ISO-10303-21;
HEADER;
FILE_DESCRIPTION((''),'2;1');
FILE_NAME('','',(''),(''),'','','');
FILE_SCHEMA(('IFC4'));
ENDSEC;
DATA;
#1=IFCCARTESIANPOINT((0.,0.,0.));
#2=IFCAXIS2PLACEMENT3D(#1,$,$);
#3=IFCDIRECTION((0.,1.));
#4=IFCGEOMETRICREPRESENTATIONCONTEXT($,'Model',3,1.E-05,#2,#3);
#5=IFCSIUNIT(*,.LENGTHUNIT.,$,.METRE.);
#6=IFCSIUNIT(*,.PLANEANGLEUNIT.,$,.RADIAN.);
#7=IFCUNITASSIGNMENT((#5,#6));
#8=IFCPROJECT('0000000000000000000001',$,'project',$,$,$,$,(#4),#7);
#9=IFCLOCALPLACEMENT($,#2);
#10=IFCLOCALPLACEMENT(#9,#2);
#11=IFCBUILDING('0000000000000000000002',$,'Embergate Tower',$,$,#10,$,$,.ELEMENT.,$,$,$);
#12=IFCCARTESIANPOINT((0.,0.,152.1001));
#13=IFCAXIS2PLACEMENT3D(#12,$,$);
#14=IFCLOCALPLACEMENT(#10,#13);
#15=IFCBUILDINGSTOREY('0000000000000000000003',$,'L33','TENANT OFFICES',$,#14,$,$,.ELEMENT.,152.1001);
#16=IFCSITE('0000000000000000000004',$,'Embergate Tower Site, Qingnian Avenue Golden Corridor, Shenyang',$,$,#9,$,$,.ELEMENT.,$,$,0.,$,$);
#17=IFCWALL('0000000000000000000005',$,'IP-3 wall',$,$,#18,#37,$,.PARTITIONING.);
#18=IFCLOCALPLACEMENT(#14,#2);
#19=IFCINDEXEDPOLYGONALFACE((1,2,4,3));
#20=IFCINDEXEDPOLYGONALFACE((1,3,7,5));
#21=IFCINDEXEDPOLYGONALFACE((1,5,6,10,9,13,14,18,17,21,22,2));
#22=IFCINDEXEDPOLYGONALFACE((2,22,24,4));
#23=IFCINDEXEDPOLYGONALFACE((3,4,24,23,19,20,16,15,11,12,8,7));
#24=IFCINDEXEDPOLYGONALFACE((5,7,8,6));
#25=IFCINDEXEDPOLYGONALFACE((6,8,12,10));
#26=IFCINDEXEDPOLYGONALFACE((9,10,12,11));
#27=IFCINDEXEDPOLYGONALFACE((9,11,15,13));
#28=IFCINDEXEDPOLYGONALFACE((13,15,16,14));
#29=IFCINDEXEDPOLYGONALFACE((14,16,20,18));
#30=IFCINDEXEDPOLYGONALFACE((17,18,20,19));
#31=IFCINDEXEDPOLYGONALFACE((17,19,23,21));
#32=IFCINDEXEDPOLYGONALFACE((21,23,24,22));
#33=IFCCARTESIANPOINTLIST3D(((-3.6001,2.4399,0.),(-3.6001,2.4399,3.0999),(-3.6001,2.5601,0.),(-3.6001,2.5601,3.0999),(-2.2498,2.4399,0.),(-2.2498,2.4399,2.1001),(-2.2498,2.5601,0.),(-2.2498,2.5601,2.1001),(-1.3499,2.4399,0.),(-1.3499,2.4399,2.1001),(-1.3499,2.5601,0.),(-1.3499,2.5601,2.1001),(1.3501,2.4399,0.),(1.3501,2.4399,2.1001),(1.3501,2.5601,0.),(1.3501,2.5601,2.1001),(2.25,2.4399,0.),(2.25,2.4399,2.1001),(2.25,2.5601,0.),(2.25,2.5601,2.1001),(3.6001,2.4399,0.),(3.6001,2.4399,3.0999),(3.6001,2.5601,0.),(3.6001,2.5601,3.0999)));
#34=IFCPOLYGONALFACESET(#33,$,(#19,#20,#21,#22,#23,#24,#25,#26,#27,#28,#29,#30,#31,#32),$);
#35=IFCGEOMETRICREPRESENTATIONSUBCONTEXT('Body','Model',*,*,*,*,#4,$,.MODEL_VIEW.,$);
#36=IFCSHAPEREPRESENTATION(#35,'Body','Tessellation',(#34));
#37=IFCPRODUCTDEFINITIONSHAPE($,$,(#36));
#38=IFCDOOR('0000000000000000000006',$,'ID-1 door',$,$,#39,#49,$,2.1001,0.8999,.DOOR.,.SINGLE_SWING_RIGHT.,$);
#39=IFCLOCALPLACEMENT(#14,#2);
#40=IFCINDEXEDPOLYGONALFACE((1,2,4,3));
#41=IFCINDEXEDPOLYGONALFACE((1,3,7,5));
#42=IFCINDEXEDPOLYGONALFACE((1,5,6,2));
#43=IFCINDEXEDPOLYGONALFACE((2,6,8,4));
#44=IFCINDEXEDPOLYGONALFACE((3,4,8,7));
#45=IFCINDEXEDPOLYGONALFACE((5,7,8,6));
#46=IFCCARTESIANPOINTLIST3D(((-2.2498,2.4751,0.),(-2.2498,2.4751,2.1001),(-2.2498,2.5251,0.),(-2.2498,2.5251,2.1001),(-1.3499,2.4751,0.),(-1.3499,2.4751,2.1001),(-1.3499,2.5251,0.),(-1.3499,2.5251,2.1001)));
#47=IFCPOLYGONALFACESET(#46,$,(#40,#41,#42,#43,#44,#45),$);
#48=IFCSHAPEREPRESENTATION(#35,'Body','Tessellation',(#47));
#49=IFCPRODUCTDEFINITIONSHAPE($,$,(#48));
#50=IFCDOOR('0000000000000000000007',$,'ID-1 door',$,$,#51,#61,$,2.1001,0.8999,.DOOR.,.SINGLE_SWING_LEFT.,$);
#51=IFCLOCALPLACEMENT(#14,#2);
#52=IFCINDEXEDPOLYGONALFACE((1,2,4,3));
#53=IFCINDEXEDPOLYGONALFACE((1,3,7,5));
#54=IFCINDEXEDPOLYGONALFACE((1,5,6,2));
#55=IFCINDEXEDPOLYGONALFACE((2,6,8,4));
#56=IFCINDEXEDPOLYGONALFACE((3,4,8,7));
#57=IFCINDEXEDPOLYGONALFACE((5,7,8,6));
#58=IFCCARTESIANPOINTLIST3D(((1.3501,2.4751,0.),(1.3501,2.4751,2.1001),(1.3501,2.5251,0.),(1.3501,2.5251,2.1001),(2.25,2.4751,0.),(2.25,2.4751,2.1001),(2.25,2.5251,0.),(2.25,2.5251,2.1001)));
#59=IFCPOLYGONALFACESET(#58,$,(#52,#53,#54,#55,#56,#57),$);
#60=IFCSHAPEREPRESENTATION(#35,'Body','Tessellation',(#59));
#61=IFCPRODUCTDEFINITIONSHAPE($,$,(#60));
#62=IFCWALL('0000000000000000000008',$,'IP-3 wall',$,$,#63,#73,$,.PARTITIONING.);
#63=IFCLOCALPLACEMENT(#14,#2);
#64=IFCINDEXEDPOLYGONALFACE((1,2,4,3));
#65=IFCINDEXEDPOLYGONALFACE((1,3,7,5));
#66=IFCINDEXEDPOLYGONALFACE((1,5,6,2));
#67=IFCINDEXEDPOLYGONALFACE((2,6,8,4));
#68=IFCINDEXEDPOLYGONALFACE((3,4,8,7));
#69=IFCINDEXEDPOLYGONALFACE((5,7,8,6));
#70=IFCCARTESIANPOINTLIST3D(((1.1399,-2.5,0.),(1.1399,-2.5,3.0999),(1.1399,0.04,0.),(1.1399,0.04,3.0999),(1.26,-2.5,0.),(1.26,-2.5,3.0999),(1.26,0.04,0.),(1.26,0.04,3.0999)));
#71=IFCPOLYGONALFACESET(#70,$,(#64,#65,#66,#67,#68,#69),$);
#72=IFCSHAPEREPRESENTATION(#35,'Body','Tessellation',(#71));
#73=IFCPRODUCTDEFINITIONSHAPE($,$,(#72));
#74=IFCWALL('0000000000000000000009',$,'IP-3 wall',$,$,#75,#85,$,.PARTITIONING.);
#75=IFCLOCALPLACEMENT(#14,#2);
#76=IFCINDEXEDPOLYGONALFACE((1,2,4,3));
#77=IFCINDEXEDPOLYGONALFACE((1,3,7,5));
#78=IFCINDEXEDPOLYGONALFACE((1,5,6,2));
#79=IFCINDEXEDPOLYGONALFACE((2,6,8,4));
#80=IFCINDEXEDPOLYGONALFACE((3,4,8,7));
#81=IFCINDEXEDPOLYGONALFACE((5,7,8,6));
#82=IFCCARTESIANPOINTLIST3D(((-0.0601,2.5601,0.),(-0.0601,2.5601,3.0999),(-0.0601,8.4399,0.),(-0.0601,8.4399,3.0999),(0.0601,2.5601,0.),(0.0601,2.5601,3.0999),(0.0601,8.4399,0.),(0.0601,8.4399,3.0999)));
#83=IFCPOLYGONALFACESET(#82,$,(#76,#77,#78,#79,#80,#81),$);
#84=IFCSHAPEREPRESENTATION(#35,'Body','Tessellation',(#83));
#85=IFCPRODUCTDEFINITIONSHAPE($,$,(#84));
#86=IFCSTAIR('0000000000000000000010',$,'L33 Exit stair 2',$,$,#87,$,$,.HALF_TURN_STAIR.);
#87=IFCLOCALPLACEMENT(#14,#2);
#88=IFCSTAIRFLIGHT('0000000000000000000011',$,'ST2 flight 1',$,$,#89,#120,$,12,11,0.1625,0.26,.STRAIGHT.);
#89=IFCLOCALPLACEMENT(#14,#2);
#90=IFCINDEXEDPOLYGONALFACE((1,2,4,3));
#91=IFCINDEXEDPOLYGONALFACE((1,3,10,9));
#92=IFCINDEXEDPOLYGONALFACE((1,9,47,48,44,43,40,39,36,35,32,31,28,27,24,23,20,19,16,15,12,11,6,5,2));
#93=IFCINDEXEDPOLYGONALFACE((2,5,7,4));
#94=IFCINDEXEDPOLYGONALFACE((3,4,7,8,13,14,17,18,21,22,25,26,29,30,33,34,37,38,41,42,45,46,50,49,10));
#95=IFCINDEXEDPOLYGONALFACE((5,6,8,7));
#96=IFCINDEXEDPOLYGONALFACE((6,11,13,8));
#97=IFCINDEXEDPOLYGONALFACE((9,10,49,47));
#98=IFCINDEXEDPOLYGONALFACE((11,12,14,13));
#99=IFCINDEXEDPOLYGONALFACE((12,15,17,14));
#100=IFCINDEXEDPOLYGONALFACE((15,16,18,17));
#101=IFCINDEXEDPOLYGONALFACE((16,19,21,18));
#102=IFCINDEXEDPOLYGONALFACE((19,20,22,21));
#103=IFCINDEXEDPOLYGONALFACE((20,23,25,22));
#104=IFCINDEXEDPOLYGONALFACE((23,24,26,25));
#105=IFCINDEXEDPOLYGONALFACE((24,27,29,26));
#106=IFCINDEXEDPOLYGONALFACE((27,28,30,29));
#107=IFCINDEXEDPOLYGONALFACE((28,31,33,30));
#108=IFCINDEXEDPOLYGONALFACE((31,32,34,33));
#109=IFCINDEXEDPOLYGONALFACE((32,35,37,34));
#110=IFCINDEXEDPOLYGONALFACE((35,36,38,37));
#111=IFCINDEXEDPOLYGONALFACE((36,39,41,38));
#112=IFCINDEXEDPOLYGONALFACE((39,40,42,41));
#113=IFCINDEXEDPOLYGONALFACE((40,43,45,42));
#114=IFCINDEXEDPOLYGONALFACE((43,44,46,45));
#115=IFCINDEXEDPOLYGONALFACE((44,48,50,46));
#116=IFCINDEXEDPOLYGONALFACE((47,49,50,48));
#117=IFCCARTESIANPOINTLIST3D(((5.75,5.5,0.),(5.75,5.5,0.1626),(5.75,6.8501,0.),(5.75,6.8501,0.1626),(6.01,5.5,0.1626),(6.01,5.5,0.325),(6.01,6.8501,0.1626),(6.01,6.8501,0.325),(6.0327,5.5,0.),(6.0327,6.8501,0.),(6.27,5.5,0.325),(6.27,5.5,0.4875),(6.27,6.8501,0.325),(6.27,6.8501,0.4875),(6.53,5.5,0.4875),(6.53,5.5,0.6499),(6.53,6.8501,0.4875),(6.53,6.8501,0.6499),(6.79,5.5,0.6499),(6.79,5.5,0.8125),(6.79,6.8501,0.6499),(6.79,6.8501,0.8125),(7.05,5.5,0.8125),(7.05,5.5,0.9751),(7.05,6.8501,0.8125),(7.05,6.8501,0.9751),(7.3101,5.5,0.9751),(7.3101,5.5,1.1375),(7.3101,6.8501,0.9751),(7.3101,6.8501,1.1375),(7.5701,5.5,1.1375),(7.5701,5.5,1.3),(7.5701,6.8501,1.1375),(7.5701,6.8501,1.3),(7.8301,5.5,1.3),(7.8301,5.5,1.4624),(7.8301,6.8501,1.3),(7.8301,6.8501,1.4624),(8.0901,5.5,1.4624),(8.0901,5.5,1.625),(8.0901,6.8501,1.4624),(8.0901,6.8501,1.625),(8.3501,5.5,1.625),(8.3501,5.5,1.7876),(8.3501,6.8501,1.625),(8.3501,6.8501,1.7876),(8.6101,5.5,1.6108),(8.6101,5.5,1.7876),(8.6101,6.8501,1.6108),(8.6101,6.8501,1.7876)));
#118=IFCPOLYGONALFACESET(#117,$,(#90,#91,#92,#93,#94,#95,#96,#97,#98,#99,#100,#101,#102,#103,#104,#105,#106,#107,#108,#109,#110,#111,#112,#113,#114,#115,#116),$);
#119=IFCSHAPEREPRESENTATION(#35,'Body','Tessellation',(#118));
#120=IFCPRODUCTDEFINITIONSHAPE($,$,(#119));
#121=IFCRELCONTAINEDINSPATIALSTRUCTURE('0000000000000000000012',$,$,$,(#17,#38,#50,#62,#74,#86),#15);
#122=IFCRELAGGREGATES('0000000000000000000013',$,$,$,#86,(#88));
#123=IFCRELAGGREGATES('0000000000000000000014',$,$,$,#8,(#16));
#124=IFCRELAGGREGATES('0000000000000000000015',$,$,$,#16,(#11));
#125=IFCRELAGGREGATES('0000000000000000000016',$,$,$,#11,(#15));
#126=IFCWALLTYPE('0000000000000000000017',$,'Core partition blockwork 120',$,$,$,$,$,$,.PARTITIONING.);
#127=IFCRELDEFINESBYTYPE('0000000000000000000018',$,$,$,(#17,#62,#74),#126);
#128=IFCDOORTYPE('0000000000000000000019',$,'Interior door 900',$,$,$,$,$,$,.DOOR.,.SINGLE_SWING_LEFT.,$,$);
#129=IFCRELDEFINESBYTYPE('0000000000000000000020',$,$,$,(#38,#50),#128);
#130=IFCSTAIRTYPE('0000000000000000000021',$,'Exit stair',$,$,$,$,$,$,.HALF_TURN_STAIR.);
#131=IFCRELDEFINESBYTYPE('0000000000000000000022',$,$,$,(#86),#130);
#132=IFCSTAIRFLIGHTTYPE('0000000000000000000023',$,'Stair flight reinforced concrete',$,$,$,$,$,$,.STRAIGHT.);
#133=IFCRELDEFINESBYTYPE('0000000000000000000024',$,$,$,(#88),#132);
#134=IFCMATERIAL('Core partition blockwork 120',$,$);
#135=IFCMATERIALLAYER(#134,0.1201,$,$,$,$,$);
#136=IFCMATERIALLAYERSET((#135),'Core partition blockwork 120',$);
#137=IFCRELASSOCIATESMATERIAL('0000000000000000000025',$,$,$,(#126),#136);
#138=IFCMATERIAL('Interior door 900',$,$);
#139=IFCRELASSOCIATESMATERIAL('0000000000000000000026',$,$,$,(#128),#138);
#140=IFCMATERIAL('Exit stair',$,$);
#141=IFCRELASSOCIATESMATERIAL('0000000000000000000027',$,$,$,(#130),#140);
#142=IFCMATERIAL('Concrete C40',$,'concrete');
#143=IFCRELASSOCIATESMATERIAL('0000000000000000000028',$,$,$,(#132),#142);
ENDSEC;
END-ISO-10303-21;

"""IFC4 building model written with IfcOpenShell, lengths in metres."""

from ifc_helpers import new_model, si_unit, direction, frame, frame_2d, origin, place, context, subcontext, project, spatial, polyline, rectangle, outline, extrude, source, transform, mapped, material, layer, layer_set, type_object, element, fill, aggregate, save


model = new_model("IFC4")

# Units and contexts
model_context = context("Model", 3, precision=1e-05, world=origin(), true_north=direction((0.0, 1.0)))
body_context = subcontext(model_context, "Body", "Model", "MODEL_VIEW")
ifc_project = project(units=[si_unit("LENGTHUNIT", "METRE"), si_unit("PLANEANGLEUNIT", "RADIAN")], contexts=[model_context])

# Site, building, storey
site_placement = place(None, origin())
site = spatial("IfcSite", under=ifc_project, at=site_placement, Name="Embergate Tower Site, Qingnian Avenue Golden Corridor, Shenyang", CompositionType="ELEMENT", RefElevation=0.0)
building_placement = place(site_placement, origin())
building = spatial("IfcBuilding", under=site, at=building_placement, Name="Embergate Tower", CompositionType="ELEMENT")
storey_placement = place(building_placement, frame((0.0, 0.0, 152.1001)))
storey = spatial("IfcBuildingStorey", under=building, at=storey_placement, Name="L33", Description="TENANT OFFICES", CompositionType="ELEMENT", Elevation=152.1001)

# Shared definitions
ifc_material_1 = material(Name="Core partition blockwork 120")
ifc_layer_1 = layer(ifc_material_1, 0.1201)
ifc_layer_set_1 = layer_set([ifc_layer_1], Name="Core partition blockwork 120")
wall_type_1 = type_object("IfcWallType", Name="Core partition blockwork 120", PredefinedType="PARTITIONING", material=ifc_layer_set_1)

# Wall, openings, doors
shared_shape_1 = source(origin(), body_context, "Body", "SweptSolid", [
    extrude(rectangle(XDim=7.2002, YDim=0.1201, at=frame_2d((3.6001, 0.0))), origin(), (0.0, 0.0, 1.0), 3.0999),
])
wall_1_placement = place(storey_placement, frame((3.6001, 2.5, 0.0), z_axis=(0.0, 0.0, 1.0), x_axis=(-1.0, 0.0, 0.0)))
wall_1 = element("IfcWall", 1, at=wall_1_placement, inside=storey, type_object=wall_type_1, Name="IP-3 wall", PredefinedType="PARTITIONING", context=body_context, shape_type="MappedRepresentation", body=[
    mapped(shared_shape_1, transform((0.0, 0.0, 0.0))),
])
shared_shape_2 = source(origin(), body_context, "Body", "SweptSolid", [
    extrude(rectangle(XDim=0.8999, YDim=2.1001, at=frame_2d((0.45, 1.05))), frame((0.0, 0.0701, 0.0), z_axis=(0.0, -1.0, 0.0), x_axis=(1.0, 0.0, 0.0)), (0.0, 0.0, 1.0), 0.1401),
])
opening_1_placement = place(wall_1_placement, frame((4.95, 0.0, 0.0)))
opening_1 = element("IfcOpeningElement", 2, at=opening_1_placement, cuts=wall_1, PredefinedType="OPENING", context=body_context, shape_type="MappedRepresentation", body=[
    mapped(shared_shape_2, transform((0.0, 0.0, 0.0))),
])
opening_2_placement = place(wall_1_placement, frame((1.3501, 0.0, 0.0)))
opening_2 = element("IfcOpeningElement", 3, at=opening_2_placement, cuts=wall_1, PredefinedType="OPENING", context=body_context, shape_type="MappedRepresentation", body=[
    mapped(shared_shape_2, transform((0.0, 0.0, 0.0))),
])
ifc_material_2 = material(Name="Interior door 900")
door_type_1 = type_object("IfcDoorType", Name="Interior door 900", OperationType="SINGLE_SWING_LEFT", PredefinedType="DOOR", material=ifc_material_2)
shared_shape_3 = source(origin(), body_context, "Body", "SweptSolid", [
    extrude(rectangle(XDim=0.8999, YDim=2.1001, at=frame_2d((0.45, 1.05))), frame((0.0, 0.0249, 0.0), z_axis=(0.0, -1.0, 0.0), x_axis=(1.0, 0.0, 0.0)), (0.0, 0.0, 1.0), 0.05),
])
door_1_placement = place(opening_1_placement, origin())
door_1 = element("IfcDoor", 4, at=door_1_placement, inside=storey, type_object=door_type_1, Name="ID-1 door", OperationType="SINGLE_SWING_RIGHT", OverallHeight=2.1001, OverallWidth=0.8999, PredefinedType="DOOR", context=body_context, shape_type="MappedRepresentation", body=[
    mapped(shared_shape_3, transform((0.0, 0.0, 0.0))),
])
fill(opening_1, door_1)
door_2_placement = place(opening_2_placement, origin())
door_2 = element("IfcDoor", 5, at=door_2_placement, inside=storey, type_object=door_type_1, Name="ID-1 door", OperationType="SINGLE_SWING_LEFT", OverallHeight=2.1001, OverallWidth=0.8999, PredefinedType="DOOR", context=body_context, shape_type="MappedRepresentation", body=[
    mapped(shared_shape_3, transform((0.0, 0.0, 0.0))),
])
fill(opening_2, door_2)

# Walls
shared_shape_4 = source(origin(), body_context, "Body", "SweptSolid", [
    extrude(rectangle(XDim=2.54, YDim=0.1201, at=frame_2d((1.27, 0.0))), origin(), (0.0, 0.0, 1.0), 3.0999),
])
wall_2_placement = place(storey_placement, frame((1.2, 0.04, 0.0), z_axis=(0.0, 0.0, 1.0), x_axis=(0.0, -1.0, 0.0)))
element("IfcWall", 6, at=wall_2_placement, inside=storey, type_object=wall_type_1, Name="IP-3 wall", PredefinedType="PARTITIONING", context=body_context, shape_type="MappedRepresentation", body=[
    mapped(shared_shape_4, transform((0.0, 0.0, 0.0))),
])
shared_shape_5 = source(origin(), body_context, "Body", "SweptSolid", [
    extrude(rectangle(XDim=5.8799, YDim=0.1201, at=frame_2d((2.9399, 0.0))), origin(), (0.0, 0.0, 1.0), 3.0999),
])
wall_3_placement = place(storey_placement, frame((0.0, 2.5601, 0.0), z_axis=(0.0, 0.0, 1.0), x_axis=(0.0, 1.0, 0.0)))
element("IfcWall", 7, at=wall_3_placement, inside=storey, type_object=wall_type_1, Name="IP-3 wall", PredefinedType="PARTITIONING", context=body_context, shape_type="MappedRepresentation", body=[
    mapped(shared_shape_5, transform((0.0, 0.0, 0.0))),
])

# Stair, stair flight
ifc_material_3 = material(Name="Exit stair")
stair_type = type_object("IfcStairType", Name="Exit stair", PredefinedType="HALF_TURN_STAIR", material=ifc_material_3)
stair_placement = place(storey_placement, origin())
stair = element("IfcStair", 8, at=stair_placement, inside=storey, type_object=stair_type, Name="L33 Exit stair 2", PredefinedType="HALF_TURN_STAIR")
ifc_material_4 = material(Name="Concrete C40", Category="concrete")
stair_flight_type = type_object("IfcStairFlightType", Name="Stair flight reinforced concrete", PredefinedType="STRAIGHT", material=ifc_material_4)
shared_shape_6 = source(origin(), body_context, "Body", "SweptSolid", [
    extrude(outline(polyline([(0.0, 0.0), (0.0, 0.1626), (0.26, 0.1626), (0.26, 0.325), (0.52, 0.325), (0.52, 0.4875), (0.78, 0.4875), (0.78, 0.6499), (1.04, 0.6499), (1.04, 0.8125), (1.3, 0.8125), (1.3, 0.9751), (1.5601, 0.9751), (1.5601, 1.1375), (1.8201, 1.1375), (1.8201, 1.3), (2.0801, 1.3), (2.0801, 1.4624), (2.3401, 1.4624), (2.3401, 1.625), (2.6001, 1.625), (2.6001, 1.7876), (2.8601, 1.7876), (2.8601, 1.95), (2.8601, 1.6108), (0.2827, 0.0), (0.0, 0.0)])), frame((0.0, 0.675, 0.0), z_axis=(0.0, -1.0, 0.0), x_axis=(1.0, 0.0, 0.0)), (0.0, 0.0, 1.0), 1.3501),
])
stair_flight_placement = place(storey_placement, frame((5.75, 6.175, 0.0), z_axis=(0.0, 0.0, 1.0), x_axis=(1.0, 0.0, 0.0)))
stair_flight = element("IfcStairFlight", 9, at=stair_flight_placement, type_object=stair_flight_type, Name="ST2 flight 1", NumberOfRisers=12, NumberOfTreads=11, PredefinedType="STRAIGHT", RiserHeight=0.1625, TreadLength=0.26, context=body_context, shape_type="MappedRepresentation", body=[
    mapped(shared_shape_6, transform((0.0, 0.0, 0.0))),
])
aggregate(stair, [stair_flight])

save(model, "model.ifc")
